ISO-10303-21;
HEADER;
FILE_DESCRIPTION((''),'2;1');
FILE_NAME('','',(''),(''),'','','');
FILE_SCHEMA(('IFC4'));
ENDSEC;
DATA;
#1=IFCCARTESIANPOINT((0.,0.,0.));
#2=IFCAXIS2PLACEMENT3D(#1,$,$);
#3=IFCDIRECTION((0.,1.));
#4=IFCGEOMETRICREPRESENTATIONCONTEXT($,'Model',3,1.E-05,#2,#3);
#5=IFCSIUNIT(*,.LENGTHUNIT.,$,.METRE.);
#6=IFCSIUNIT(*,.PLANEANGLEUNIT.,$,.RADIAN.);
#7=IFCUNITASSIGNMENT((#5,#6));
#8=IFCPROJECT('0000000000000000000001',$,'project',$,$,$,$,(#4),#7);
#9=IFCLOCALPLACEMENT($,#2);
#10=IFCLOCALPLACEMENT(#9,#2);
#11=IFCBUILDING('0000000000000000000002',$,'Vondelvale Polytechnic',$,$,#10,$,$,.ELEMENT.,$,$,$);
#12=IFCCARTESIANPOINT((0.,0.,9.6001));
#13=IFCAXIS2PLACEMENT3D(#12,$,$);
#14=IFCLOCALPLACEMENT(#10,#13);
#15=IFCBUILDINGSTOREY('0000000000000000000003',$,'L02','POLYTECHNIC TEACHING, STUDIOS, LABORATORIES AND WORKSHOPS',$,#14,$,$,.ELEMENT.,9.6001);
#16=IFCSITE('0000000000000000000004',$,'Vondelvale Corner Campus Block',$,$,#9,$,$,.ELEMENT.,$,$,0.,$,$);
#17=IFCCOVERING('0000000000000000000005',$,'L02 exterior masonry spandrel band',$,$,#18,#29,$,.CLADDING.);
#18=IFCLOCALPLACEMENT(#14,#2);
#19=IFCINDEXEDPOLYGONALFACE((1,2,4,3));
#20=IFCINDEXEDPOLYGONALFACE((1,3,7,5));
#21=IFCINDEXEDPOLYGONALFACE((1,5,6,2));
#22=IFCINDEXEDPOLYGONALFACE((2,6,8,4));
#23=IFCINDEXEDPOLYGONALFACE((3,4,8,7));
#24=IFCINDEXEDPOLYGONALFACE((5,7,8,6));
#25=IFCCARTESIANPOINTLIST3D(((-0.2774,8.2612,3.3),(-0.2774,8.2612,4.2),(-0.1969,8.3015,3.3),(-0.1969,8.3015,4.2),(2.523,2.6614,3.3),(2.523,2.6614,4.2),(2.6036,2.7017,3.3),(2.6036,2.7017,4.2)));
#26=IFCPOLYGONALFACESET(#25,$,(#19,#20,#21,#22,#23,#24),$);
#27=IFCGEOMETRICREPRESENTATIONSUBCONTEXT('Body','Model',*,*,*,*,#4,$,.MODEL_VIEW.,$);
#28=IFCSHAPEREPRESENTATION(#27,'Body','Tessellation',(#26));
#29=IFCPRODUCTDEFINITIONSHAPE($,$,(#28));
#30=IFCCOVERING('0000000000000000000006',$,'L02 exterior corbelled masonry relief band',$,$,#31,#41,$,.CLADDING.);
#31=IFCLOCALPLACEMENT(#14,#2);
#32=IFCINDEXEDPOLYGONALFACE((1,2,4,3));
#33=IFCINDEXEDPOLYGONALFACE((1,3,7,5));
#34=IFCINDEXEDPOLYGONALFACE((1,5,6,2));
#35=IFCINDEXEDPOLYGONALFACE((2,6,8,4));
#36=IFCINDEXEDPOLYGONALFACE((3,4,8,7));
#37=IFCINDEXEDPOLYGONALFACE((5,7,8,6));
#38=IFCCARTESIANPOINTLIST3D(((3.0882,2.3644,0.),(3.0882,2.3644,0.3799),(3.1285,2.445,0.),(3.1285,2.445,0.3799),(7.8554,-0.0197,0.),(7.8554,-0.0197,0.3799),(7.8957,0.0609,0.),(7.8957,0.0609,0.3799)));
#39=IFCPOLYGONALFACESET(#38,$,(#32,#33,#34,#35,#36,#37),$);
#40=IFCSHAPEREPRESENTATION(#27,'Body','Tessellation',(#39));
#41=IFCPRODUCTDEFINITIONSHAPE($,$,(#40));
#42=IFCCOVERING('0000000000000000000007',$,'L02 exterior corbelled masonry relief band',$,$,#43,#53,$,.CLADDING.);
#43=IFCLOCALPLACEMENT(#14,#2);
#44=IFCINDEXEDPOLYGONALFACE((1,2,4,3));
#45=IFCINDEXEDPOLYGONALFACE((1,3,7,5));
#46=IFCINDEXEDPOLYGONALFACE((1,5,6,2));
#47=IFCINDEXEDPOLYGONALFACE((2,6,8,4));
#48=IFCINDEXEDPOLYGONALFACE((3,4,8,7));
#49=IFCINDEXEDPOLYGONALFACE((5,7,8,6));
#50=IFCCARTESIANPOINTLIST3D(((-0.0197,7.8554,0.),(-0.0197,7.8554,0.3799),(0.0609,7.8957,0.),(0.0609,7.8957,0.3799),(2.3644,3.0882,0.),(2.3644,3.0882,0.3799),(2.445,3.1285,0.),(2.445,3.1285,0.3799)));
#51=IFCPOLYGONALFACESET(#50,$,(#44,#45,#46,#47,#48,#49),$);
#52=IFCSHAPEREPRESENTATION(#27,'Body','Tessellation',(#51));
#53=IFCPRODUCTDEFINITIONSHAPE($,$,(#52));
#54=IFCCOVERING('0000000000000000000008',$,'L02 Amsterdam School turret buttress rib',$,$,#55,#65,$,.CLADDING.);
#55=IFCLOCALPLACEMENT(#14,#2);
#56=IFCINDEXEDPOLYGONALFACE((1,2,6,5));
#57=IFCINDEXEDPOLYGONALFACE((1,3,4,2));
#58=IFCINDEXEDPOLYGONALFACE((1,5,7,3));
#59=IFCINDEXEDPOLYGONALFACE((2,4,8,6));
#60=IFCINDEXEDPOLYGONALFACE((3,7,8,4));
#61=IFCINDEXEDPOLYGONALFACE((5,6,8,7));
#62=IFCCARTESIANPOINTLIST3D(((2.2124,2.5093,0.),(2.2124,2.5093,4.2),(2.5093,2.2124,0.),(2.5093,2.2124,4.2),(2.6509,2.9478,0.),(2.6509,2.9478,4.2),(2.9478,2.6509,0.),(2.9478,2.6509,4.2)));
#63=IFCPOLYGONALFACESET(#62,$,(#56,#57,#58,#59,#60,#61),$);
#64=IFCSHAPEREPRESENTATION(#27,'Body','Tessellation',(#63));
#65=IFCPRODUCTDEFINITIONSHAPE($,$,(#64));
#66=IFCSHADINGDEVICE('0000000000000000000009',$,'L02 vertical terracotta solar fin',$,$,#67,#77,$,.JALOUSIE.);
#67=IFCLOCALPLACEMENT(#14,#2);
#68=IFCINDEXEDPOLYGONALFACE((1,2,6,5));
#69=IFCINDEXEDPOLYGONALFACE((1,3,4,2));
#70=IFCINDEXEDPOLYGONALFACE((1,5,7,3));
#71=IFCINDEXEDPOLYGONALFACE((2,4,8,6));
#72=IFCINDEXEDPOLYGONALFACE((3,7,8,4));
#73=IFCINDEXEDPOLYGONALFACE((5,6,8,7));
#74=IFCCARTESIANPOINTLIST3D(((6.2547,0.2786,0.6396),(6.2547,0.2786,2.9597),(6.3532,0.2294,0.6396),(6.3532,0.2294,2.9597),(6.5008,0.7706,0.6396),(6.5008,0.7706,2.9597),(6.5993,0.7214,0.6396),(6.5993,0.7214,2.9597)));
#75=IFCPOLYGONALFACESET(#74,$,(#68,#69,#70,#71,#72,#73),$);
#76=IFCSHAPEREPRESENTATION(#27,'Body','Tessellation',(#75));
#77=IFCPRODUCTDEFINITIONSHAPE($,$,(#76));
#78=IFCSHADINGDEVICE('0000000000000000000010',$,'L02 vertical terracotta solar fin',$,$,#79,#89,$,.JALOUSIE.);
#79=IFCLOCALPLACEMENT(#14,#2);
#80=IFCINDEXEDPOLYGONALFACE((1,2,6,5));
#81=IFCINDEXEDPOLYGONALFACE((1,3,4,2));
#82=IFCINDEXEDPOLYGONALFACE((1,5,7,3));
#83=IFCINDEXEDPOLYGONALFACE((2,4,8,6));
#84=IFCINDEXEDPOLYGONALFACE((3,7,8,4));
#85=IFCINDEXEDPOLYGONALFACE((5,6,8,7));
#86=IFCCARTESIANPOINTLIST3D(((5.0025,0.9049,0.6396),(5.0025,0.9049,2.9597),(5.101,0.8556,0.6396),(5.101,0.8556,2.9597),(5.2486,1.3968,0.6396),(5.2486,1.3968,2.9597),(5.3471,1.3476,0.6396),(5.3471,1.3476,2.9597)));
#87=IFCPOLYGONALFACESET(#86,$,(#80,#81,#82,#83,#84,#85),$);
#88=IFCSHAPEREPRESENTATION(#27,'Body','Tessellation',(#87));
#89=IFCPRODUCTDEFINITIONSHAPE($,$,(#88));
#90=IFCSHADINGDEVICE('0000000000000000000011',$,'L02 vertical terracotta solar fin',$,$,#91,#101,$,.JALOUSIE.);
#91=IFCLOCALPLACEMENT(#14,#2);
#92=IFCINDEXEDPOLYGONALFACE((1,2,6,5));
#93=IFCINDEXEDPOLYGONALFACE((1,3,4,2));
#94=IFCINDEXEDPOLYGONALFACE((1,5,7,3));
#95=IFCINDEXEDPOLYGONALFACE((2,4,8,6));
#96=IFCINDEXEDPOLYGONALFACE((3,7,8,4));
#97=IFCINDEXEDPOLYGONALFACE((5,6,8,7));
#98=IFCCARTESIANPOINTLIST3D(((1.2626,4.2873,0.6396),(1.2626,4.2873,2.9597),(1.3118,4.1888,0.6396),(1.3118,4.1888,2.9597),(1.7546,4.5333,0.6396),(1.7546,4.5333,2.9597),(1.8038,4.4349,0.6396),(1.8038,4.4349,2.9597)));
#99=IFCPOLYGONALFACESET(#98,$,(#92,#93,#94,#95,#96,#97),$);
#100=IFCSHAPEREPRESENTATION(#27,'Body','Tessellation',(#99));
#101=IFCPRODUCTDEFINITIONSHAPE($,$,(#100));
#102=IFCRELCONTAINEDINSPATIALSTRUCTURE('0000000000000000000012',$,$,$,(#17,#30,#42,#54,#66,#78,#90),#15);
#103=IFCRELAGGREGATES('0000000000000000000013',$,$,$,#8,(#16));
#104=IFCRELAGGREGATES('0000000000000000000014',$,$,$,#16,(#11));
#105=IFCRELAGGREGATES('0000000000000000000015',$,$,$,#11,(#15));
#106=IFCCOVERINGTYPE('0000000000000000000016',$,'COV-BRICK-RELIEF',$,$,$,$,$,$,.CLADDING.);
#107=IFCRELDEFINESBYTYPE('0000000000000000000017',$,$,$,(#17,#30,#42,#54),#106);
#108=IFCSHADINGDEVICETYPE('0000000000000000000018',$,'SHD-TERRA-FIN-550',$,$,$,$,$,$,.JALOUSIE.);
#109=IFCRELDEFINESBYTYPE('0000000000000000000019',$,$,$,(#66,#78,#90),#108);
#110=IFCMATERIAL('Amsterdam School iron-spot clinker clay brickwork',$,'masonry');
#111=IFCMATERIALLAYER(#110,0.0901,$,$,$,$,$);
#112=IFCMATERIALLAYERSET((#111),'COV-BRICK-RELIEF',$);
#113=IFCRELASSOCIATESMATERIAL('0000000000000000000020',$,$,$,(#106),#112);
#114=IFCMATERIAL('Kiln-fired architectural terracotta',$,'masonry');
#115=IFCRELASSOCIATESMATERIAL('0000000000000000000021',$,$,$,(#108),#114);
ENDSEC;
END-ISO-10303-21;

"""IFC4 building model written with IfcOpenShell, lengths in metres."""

from ifc_helpers import new_model, si_unit, direction, frame, origin, origin_2d, place, context, subcontext, project, spatial, rectangle, extrude, material, layer, layer_set, type_object, element, save


model = new_model("IFC4")

# Units and contexts
model_context = context("Model", 3, precision=1e-05, world=origin(), true_north=direction((0.0, 1.0)))
body_context = subcontext(model_context, "Body", "Model", "MODEL_VIEW")
ifc_project = project(units=[si_unit("LENGTHUNIT", "METRE"), si_unit("PLANEANGLEUNIT", "RADIAN")], contexts=[model_context])

# Site, building, storey
site_placement = place(None, origin())
site = spatial("IfcSite", under=ifc_project, at=site_placement, Name="Vondelvale Corner Campus Block", CompositionType="ELEMENT", RefElevation=0.0)
building_placement = place(site_placement, origin())
building = spatial("IfcBuilding", under=site, at=building_placement, Name="Vondelvale Polytechnic", CompositionType="ELEMENT")
storey_placement = place(building_placement, frame((0.0, 0.0, 9.6001)))
storey = spatial("IfcBuildingStorey", under=building, at=storey_placement, Name="L02", Description="POLYTECHNIC TEACHING, STUDIOS, LABORATORIES AND WORKSHOPS", CompositionType="ELEMENT", Elevation=9.6001)

# Shared definitions
ifc_material_1 = material(Name="Amsterdam School iron-spot clinker clay brickwork", Category="masonry")

# Coverings
ifc_layer_1 = layer(ifc_material_1, 0.0901)
ifc_layer_set_1 = layer_set([ifc_layer_1], Name="COV-BRICK-RELIEF")
covering_type = type_object("IfcCoveringType", Name="COV-BRICK-RELIEF", PredefinedType="CLADDING", material=ifc_layer_set_1)
for number, where, z_axis, x_axis, name in (
    (1, (1.1631, 5.4814, 3.3), (0.0, 0.0, 1.0), (-0.447291, 0.894389, 0.0), "L02 exterior masonry spandrel band"),
):
    element("IfcCovering", number, at=place(storey_placement, frame(where, z_axis=z_axis, x_axis=x_axis)), inside=storey, type_object=covering_type, Name=name, PredefinedType="CLADDING", context=body_context, shape_type="SweptSolid", body=[
        extrude(rectangle(XDim=6.261, YDim=0.0901, at=origin_2d()), origin(), (0.0, 0.0, 1.0), 0.8999),
    ])
for number, where, z_axis, x_axis, name in (
    (2, (5.4919, 1.2126, 0.0), (0.0, 0.0, 1.0), (-0.894389, 0.447291, 0.0), "L02 exterior corbelled masonry relief band"),
    (3, (1.2126, 5.4919, 0.0), (0.0, 0.0, 1.0), (-0.447291, 0.894389, 0.0), "L02 exterior corbelled masonry relief band"),
):
    element("IfcCovering", number, at=place(storey_placement, frame(where, z_axis=z_axis, x_axis=x_axis)), inside=storey, type_object=covering_type, Name=name, PredefinedType="CLADDING", context=body_context, shape_type="SweptSolid", body=[
        extrude(rectangle(XDim=5.3301, YDim=0.0901, at=origin_2d()), origin(), (0.0, 0.0, 1.0), 0.3799),
    ])
covering_placement = place(storey_placement, frame((2.5801, 2.5801, 0.0), z_axis=(0.0, 0.0, 1.0), x_axis=(0.707107, 0.707107, 0.0)))
element("IfcCovering", 4, at=covering_placement, inside=storey, type_object=covering_type, Name="L02 Amsterdam School turret buttress rib", PredefinedType="CLADDING", context=body_context, shape_type="SweptSolid", body=[
    extrude(rectangle(XDim=0.6201, YDim=0.4199, at=origin_2d()), origin(), (0.0, 0.0, 1.0), 4.2),
])

# Shading devices
ifc_material_2 = material(Name="Kiln-fired architectural terracotta", Category="masonry")
shading_device_type = type_object("IfcShadingDeviceType", Name="SHD-TERRA-FIN-550", PredefinedType="JALOUSIE", material=ifc_material_2)
for number, where, z_axis, x_axis, name in (
    (5, (6.427, 0.5, 0.6396), (0.0, 0.0, 1.0), (-0.894389, 0.447291, 0.0), "L02 vertical terracotta solar fin"),
    (6, (5.1748, 1.1262, 0.6396), (0.0, 0.0, 1.0), (-0.894389, 0.447291, 0.0), "L02 vertical terracotta solar fin"),
    (7, (1.5332, 4.3611, 0.6396), (0.0, 0.0, 1.0), (-0.447291, 0.894389, 0.0), "L02 vertical terracotta solar fin"),
):
    element("IfcShadingDevice", number, at=place(storey_placement, frame(where, z_axis=z_axis, x_axis=x_axis)), inside=storey, type_object=shading_device_type, Name=name, PredefinedType="JALOUSIE", context=body_context, shape_type="SweptSolid", body=[
        extrude(rectangle(XDim=0.1101, YDim=0.55, at=origin_2d()), origin(), (0.0, 0.0, 1.0), 2.3201),
    ])

save(model, "model.ifc")
